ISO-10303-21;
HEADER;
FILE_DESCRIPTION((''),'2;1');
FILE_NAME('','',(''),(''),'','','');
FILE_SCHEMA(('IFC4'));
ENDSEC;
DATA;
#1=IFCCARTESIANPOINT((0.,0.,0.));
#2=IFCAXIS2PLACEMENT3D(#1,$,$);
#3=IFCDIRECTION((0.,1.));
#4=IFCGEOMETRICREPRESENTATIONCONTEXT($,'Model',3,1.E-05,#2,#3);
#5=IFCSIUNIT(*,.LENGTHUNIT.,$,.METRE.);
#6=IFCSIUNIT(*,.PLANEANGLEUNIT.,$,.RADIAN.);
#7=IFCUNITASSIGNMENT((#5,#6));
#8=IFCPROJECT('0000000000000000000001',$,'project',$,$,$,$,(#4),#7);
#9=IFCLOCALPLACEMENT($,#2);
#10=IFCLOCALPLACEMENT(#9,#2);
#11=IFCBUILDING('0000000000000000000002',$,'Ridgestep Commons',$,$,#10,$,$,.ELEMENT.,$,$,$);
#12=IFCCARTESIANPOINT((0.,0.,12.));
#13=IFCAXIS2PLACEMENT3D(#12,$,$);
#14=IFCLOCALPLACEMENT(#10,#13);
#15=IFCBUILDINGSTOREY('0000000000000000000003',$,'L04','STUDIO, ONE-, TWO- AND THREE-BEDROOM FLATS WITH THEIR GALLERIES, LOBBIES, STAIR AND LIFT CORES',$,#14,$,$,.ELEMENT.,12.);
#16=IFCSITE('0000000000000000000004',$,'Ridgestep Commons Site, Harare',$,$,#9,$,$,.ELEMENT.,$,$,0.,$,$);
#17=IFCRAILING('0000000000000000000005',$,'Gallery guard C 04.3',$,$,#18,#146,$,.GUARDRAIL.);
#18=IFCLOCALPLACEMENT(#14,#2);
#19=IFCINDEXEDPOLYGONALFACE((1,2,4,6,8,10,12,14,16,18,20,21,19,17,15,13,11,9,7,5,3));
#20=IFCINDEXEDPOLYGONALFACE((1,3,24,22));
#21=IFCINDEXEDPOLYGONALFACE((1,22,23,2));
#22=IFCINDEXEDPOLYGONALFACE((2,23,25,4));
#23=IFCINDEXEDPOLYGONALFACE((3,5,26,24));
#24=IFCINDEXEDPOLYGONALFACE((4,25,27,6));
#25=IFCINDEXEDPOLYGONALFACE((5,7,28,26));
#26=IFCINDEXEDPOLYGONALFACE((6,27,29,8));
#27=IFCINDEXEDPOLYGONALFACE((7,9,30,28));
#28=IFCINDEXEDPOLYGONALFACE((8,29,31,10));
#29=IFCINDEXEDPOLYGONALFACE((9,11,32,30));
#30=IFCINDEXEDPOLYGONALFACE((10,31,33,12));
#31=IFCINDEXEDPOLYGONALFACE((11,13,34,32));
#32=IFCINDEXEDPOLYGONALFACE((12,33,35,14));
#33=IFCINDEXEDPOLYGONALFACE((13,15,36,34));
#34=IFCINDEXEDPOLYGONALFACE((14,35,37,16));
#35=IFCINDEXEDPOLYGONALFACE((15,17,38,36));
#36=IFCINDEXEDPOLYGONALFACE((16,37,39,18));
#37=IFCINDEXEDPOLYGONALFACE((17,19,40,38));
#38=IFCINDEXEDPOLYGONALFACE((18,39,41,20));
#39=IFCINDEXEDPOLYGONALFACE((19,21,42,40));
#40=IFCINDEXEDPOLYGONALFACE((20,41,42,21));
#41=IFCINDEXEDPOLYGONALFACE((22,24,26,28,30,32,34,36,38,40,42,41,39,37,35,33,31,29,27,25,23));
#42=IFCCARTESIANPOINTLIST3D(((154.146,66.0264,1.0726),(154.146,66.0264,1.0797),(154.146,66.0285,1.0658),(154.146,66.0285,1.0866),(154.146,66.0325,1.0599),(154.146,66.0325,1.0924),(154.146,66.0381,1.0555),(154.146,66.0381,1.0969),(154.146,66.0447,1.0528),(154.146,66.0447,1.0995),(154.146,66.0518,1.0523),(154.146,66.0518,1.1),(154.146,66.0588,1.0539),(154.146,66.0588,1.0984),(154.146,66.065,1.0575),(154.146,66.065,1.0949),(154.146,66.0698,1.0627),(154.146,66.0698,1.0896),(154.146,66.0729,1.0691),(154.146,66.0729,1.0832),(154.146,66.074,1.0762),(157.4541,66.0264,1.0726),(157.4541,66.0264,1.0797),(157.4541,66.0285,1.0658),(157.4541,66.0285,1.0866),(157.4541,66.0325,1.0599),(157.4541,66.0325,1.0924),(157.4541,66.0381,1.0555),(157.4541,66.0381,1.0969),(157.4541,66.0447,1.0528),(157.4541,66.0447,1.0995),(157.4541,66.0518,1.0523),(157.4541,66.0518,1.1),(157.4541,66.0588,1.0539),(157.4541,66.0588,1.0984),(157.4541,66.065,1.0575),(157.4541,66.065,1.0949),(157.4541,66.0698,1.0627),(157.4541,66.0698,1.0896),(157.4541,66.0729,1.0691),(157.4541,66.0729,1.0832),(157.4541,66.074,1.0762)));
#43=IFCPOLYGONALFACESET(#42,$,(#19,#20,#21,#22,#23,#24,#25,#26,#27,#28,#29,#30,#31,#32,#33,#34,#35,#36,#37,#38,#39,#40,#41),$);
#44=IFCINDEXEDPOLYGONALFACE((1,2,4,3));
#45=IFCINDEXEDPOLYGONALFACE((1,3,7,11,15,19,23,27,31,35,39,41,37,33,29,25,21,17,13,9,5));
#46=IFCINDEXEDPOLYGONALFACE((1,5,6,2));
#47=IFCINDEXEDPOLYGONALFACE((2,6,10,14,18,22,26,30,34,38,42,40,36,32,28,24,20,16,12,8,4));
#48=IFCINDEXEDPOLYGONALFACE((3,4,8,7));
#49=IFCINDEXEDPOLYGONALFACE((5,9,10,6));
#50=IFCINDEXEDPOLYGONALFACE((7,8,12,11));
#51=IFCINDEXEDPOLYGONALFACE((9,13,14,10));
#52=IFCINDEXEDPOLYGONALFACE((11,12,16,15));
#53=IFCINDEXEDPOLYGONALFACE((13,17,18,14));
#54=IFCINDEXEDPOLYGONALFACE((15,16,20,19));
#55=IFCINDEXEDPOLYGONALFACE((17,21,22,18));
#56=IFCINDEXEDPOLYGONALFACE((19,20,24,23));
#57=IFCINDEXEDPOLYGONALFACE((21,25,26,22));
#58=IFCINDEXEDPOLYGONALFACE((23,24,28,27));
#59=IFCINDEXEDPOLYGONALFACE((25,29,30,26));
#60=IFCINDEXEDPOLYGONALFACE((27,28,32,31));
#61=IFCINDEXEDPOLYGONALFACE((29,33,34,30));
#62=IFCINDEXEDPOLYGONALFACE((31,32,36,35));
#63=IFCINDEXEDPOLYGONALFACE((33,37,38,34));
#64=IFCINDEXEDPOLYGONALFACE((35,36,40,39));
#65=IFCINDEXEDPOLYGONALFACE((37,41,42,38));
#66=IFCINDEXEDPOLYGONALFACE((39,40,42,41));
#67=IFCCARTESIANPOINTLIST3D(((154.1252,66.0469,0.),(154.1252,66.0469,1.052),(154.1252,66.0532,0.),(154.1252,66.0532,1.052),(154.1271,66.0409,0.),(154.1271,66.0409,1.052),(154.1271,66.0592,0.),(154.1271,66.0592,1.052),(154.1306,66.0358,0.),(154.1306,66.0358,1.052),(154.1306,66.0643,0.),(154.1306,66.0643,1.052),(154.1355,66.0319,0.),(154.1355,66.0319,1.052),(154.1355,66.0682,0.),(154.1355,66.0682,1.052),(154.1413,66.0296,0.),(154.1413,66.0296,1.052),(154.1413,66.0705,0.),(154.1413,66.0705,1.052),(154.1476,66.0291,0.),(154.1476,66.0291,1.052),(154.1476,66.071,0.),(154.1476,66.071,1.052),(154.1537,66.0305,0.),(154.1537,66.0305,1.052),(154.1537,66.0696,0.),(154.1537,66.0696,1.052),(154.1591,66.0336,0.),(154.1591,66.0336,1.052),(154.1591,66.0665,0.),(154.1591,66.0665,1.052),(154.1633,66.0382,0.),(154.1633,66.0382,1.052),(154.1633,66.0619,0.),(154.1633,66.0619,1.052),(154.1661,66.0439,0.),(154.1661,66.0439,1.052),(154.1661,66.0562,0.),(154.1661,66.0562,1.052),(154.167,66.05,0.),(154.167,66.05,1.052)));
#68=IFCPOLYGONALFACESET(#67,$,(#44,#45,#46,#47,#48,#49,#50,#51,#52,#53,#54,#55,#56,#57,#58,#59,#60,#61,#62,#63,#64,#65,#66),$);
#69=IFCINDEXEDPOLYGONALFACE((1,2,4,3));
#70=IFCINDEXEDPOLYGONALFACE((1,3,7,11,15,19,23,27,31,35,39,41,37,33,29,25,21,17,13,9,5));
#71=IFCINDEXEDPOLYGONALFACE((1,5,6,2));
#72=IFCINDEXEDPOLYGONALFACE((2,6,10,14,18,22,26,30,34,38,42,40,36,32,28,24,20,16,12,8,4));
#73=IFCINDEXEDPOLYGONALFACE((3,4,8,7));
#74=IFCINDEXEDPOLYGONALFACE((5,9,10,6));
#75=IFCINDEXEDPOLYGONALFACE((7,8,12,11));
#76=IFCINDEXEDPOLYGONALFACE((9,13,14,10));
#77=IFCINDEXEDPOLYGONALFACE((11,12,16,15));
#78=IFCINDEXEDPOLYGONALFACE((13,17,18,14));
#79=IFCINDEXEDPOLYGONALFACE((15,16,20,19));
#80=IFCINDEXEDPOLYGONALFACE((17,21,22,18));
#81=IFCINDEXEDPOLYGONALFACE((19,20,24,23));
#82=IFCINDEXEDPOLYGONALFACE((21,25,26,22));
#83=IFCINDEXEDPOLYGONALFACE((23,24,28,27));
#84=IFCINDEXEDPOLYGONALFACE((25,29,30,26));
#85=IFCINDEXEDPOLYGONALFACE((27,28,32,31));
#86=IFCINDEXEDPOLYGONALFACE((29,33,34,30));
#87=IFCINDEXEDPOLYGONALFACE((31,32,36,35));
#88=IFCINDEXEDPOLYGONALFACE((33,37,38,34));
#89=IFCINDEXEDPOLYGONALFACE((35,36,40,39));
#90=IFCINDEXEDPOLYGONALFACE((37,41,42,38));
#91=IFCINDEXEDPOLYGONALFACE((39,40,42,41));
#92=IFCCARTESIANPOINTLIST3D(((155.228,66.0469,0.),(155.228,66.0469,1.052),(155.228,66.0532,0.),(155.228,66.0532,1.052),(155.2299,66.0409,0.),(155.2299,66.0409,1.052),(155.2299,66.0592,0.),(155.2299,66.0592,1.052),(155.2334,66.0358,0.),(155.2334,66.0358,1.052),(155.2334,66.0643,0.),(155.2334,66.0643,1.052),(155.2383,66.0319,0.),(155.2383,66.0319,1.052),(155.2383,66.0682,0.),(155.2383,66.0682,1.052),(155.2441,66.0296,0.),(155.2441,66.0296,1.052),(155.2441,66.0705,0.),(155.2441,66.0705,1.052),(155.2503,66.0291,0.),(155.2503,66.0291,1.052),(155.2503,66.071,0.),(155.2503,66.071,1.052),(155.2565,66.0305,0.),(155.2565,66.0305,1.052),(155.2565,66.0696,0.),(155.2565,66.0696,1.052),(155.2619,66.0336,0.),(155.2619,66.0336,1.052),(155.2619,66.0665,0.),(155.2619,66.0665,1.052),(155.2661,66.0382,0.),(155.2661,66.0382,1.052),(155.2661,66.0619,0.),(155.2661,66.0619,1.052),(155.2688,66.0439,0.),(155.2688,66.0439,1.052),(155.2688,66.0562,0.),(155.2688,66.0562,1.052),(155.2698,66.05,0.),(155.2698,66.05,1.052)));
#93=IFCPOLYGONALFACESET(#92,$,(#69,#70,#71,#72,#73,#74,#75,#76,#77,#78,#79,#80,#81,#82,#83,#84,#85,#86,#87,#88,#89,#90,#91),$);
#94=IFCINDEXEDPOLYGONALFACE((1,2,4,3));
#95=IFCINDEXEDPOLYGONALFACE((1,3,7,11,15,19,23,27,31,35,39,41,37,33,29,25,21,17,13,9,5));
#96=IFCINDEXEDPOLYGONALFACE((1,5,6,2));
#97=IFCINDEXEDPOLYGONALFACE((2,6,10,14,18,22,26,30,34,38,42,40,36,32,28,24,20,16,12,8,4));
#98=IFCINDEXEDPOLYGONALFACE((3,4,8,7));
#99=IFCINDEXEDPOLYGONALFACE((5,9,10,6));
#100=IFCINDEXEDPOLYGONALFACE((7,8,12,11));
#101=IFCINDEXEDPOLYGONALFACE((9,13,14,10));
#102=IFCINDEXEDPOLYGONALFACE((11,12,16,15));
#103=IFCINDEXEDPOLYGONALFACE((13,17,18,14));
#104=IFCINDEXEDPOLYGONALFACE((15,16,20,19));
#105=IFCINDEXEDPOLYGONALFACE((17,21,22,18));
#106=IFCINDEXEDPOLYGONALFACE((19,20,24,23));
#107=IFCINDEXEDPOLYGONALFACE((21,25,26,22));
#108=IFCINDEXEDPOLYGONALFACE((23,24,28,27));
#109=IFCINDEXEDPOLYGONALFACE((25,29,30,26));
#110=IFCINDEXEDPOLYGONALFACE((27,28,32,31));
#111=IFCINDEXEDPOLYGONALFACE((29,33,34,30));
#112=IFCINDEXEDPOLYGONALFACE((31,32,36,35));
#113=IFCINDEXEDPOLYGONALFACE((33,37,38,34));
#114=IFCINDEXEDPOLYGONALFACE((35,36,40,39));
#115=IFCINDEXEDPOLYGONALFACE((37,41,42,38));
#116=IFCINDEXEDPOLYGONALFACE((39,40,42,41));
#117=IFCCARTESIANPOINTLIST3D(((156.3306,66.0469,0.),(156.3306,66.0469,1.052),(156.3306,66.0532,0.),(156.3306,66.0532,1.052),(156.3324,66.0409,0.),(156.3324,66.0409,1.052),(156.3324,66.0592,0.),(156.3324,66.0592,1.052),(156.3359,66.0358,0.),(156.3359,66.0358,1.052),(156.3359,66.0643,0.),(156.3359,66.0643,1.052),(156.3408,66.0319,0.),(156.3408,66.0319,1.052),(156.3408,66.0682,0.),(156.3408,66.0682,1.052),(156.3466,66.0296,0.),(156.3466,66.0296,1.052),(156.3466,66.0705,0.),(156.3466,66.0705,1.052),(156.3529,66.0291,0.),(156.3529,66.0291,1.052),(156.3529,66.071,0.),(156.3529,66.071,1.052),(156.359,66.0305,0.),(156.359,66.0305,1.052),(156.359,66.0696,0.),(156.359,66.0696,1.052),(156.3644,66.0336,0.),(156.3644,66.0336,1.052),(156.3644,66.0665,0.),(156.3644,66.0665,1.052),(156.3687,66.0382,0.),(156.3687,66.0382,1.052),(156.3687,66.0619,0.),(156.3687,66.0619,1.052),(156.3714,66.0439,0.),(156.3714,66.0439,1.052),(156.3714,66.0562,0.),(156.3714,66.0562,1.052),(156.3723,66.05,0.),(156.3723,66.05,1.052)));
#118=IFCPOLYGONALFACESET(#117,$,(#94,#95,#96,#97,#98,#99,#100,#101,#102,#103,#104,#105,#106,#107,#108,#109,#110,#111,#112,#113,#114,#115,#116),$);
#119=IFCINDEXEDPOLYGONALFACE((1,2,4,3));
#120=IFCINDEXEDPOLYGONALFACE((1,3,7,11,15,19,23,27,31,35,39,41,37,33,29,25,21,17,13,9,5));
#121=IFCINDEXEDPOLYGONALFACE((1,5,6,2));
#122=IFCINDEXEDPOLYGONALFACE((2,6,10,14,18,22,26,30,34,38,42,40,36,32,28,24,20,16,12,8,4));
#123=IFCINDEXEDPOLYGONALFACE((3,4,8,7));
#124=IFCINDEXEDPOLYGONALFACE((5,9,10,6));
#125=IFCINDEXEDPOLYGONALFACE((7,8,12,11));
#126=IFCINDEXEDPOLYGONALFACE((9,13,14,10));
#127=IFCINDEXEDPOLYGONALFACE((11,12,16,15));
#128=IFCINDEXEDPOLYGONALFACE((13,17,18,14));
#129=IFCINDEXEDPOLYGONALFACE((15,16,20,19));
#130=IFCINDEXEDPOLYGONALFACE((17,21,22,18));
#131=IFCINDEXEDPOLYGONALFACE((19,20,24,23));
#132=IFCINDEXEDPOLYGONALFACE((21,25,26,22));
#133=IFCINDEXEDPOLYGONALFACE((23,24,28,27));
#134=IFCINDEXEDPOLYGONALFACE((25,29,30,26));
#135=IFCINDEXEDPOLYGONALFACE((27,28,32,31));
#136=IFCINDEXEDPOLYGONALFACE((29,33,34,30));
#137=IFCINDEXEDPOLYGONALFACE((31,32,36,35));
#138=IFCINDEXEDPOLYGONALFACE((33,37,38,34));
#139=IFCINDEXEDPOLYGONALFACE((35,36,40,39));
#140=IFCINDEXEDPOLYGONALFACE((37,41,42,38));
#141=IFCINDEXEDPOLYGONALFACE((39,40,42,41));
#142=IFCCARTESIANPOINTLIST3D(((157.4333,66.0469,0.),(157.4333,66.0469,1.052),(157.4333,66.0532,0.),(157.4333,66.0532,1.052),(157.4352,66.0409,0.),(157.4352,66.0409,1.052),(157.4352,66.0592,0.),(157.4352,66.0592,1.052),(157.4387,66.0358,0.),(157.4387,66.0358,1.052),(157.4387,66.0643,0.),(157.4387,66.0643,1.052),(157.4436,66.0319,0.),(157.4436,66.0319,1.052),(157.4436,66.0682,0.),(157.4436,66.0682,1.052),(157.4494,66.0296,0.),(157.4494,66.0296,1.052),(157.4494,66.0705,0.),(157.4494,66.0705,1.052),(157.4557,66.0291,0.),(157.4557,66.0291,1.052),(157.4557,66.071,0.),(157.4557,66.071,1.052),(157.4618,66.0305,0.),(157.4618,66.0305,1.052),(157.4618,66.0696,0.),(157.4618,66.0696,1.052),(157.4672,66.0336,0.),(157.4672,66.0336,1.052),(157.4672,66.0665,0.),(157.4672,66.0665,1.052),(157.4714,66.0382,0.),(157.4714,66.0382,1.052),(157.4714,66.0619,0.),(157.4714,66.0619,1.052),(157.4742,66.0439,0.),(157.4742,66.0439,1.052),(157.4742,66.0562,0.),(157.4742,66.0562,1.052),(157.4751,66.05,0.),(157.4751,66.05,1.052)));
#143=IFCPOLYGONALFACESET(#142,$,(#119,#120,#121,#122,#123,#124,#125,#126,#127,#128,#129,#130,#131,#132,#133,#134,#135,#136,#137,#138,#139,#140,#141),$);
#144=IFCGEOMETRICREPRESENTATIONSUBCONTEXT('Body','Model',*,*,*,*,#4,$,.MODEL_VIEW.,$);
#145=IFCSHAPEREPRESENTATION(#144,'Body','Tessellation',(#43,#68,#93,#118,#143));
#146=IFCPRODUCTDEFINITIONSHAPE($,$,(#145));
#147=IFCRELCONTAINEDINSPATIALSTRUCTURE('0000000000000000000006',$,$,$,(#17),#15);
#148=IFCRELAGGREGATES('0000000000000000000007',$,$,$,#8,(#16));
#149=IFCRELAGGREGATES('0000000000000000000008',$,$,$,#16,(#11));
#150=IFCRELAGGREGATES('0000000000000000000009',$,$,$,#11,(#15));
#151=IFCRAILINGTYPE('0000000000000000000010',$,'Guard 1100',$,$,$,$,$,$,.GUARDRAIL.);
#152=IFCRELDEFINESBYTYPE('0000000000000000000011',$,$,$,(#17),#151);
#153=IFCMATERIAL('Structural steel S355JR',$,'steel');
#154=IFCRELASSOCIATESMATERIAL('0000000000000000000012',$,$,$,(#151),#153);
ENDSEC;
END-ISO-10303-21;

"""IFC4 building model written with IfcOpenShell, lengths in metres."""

from ifc_helpers import new_model, si_unit, direction, frame, origin, origin_2d, place, context, subcontext, project, spatial, circle, extrude, material, type_object, element, save


model = new_model("IFC4")

# Units and contexts
model_context = context("Model", 3, precision=1e-05, world=origin(), true_north=direction((0.0, 1.0)))
body_context = subcontext(model_context, "Body", "Model", "MODEL_VIEW")
ifc_project = project(units=[si_unit("LENGTHUNIT", "METRE"), si_unit("PLANEANGLEUNIT", "RADIAN")], contexts=[model_context])

# Site, building, storey
site_placement = place(None, origin())
site = spatial("IfcSite", under=ifc_project, at=site_placement, Name="Ridgestep Commons Site, Harare", CompositionType="ELEMENT", RefElevation=0.0)
building_placement = place(site_placement, origin())
building = spatial("IfcBuilding", under=site, at=building_placement, Name="Ridgestep Commons", CompositionType="ELEMENT")
storey_placement = place(building_placement, frame((0.0, 0.0, 12.0)))
storey = spatial("IfcBuildingStorey", under=building, at=storey_placement, Name="L04", Description="STUDIO, ONE-, TWO- AND THREE-BEDROOM FLATS WITH THEIR GALLERIES, LOBBIES, STAIR AND LIFT CORES", CompositionType="ELEMENT", Elevation=12.0)

# Railing
ifc_material_1 = material(Name="Structural steel S355JR", Category="steel")
railing_type = type_object("IfcRailingType", Name="Guard 1100", PredefinedType="GUARDRAIL", material=ifc_material_1)
railing_1_placement = place(storey_placement, frame((154.146, 66.05, 0.0)))
element("IfcRailing", 1, at=railing_1_placement, inside=storey, type_object=railing_type, Name="Gallery guard C 04.3", PredefinedType="GUARDRAIL", context=body_context, shape_type="SweptSolid", body=[
    extrude(circle(Radius=0.0239, at=origin_2d()), frame((0.0, 0.0, 1.0762), z_axis=(1.0, 0.0, 0.0), x_axis=(0.0, 1.0, 0.0)), (0.0, 0.0, 1.0), 3.3081),
    extrude(circle(Radius=0.021, at=origin_2d()), origin(), (0.0, 0.0, 1.0), 1.052),
    extrude(circle(Radius=0.021, at=origin_2d()), frame((1.1028, 0.0, 0.0)), (0.0, 0.0, 1.0), 1.052),
    extrude(circle(Radius=0.021, at=origin_2d()), frame((2.2053, 0.0, 0.0)), (0.0, 0.0, 1.0), 1.052),
    extrude(circle(Radius=0.021, at=origin_2d()), frame((3.3081, 0.0, 0.0)), (0.0, 0.0, 1.0), 1.052),
])

save(model, "model.ifc")
